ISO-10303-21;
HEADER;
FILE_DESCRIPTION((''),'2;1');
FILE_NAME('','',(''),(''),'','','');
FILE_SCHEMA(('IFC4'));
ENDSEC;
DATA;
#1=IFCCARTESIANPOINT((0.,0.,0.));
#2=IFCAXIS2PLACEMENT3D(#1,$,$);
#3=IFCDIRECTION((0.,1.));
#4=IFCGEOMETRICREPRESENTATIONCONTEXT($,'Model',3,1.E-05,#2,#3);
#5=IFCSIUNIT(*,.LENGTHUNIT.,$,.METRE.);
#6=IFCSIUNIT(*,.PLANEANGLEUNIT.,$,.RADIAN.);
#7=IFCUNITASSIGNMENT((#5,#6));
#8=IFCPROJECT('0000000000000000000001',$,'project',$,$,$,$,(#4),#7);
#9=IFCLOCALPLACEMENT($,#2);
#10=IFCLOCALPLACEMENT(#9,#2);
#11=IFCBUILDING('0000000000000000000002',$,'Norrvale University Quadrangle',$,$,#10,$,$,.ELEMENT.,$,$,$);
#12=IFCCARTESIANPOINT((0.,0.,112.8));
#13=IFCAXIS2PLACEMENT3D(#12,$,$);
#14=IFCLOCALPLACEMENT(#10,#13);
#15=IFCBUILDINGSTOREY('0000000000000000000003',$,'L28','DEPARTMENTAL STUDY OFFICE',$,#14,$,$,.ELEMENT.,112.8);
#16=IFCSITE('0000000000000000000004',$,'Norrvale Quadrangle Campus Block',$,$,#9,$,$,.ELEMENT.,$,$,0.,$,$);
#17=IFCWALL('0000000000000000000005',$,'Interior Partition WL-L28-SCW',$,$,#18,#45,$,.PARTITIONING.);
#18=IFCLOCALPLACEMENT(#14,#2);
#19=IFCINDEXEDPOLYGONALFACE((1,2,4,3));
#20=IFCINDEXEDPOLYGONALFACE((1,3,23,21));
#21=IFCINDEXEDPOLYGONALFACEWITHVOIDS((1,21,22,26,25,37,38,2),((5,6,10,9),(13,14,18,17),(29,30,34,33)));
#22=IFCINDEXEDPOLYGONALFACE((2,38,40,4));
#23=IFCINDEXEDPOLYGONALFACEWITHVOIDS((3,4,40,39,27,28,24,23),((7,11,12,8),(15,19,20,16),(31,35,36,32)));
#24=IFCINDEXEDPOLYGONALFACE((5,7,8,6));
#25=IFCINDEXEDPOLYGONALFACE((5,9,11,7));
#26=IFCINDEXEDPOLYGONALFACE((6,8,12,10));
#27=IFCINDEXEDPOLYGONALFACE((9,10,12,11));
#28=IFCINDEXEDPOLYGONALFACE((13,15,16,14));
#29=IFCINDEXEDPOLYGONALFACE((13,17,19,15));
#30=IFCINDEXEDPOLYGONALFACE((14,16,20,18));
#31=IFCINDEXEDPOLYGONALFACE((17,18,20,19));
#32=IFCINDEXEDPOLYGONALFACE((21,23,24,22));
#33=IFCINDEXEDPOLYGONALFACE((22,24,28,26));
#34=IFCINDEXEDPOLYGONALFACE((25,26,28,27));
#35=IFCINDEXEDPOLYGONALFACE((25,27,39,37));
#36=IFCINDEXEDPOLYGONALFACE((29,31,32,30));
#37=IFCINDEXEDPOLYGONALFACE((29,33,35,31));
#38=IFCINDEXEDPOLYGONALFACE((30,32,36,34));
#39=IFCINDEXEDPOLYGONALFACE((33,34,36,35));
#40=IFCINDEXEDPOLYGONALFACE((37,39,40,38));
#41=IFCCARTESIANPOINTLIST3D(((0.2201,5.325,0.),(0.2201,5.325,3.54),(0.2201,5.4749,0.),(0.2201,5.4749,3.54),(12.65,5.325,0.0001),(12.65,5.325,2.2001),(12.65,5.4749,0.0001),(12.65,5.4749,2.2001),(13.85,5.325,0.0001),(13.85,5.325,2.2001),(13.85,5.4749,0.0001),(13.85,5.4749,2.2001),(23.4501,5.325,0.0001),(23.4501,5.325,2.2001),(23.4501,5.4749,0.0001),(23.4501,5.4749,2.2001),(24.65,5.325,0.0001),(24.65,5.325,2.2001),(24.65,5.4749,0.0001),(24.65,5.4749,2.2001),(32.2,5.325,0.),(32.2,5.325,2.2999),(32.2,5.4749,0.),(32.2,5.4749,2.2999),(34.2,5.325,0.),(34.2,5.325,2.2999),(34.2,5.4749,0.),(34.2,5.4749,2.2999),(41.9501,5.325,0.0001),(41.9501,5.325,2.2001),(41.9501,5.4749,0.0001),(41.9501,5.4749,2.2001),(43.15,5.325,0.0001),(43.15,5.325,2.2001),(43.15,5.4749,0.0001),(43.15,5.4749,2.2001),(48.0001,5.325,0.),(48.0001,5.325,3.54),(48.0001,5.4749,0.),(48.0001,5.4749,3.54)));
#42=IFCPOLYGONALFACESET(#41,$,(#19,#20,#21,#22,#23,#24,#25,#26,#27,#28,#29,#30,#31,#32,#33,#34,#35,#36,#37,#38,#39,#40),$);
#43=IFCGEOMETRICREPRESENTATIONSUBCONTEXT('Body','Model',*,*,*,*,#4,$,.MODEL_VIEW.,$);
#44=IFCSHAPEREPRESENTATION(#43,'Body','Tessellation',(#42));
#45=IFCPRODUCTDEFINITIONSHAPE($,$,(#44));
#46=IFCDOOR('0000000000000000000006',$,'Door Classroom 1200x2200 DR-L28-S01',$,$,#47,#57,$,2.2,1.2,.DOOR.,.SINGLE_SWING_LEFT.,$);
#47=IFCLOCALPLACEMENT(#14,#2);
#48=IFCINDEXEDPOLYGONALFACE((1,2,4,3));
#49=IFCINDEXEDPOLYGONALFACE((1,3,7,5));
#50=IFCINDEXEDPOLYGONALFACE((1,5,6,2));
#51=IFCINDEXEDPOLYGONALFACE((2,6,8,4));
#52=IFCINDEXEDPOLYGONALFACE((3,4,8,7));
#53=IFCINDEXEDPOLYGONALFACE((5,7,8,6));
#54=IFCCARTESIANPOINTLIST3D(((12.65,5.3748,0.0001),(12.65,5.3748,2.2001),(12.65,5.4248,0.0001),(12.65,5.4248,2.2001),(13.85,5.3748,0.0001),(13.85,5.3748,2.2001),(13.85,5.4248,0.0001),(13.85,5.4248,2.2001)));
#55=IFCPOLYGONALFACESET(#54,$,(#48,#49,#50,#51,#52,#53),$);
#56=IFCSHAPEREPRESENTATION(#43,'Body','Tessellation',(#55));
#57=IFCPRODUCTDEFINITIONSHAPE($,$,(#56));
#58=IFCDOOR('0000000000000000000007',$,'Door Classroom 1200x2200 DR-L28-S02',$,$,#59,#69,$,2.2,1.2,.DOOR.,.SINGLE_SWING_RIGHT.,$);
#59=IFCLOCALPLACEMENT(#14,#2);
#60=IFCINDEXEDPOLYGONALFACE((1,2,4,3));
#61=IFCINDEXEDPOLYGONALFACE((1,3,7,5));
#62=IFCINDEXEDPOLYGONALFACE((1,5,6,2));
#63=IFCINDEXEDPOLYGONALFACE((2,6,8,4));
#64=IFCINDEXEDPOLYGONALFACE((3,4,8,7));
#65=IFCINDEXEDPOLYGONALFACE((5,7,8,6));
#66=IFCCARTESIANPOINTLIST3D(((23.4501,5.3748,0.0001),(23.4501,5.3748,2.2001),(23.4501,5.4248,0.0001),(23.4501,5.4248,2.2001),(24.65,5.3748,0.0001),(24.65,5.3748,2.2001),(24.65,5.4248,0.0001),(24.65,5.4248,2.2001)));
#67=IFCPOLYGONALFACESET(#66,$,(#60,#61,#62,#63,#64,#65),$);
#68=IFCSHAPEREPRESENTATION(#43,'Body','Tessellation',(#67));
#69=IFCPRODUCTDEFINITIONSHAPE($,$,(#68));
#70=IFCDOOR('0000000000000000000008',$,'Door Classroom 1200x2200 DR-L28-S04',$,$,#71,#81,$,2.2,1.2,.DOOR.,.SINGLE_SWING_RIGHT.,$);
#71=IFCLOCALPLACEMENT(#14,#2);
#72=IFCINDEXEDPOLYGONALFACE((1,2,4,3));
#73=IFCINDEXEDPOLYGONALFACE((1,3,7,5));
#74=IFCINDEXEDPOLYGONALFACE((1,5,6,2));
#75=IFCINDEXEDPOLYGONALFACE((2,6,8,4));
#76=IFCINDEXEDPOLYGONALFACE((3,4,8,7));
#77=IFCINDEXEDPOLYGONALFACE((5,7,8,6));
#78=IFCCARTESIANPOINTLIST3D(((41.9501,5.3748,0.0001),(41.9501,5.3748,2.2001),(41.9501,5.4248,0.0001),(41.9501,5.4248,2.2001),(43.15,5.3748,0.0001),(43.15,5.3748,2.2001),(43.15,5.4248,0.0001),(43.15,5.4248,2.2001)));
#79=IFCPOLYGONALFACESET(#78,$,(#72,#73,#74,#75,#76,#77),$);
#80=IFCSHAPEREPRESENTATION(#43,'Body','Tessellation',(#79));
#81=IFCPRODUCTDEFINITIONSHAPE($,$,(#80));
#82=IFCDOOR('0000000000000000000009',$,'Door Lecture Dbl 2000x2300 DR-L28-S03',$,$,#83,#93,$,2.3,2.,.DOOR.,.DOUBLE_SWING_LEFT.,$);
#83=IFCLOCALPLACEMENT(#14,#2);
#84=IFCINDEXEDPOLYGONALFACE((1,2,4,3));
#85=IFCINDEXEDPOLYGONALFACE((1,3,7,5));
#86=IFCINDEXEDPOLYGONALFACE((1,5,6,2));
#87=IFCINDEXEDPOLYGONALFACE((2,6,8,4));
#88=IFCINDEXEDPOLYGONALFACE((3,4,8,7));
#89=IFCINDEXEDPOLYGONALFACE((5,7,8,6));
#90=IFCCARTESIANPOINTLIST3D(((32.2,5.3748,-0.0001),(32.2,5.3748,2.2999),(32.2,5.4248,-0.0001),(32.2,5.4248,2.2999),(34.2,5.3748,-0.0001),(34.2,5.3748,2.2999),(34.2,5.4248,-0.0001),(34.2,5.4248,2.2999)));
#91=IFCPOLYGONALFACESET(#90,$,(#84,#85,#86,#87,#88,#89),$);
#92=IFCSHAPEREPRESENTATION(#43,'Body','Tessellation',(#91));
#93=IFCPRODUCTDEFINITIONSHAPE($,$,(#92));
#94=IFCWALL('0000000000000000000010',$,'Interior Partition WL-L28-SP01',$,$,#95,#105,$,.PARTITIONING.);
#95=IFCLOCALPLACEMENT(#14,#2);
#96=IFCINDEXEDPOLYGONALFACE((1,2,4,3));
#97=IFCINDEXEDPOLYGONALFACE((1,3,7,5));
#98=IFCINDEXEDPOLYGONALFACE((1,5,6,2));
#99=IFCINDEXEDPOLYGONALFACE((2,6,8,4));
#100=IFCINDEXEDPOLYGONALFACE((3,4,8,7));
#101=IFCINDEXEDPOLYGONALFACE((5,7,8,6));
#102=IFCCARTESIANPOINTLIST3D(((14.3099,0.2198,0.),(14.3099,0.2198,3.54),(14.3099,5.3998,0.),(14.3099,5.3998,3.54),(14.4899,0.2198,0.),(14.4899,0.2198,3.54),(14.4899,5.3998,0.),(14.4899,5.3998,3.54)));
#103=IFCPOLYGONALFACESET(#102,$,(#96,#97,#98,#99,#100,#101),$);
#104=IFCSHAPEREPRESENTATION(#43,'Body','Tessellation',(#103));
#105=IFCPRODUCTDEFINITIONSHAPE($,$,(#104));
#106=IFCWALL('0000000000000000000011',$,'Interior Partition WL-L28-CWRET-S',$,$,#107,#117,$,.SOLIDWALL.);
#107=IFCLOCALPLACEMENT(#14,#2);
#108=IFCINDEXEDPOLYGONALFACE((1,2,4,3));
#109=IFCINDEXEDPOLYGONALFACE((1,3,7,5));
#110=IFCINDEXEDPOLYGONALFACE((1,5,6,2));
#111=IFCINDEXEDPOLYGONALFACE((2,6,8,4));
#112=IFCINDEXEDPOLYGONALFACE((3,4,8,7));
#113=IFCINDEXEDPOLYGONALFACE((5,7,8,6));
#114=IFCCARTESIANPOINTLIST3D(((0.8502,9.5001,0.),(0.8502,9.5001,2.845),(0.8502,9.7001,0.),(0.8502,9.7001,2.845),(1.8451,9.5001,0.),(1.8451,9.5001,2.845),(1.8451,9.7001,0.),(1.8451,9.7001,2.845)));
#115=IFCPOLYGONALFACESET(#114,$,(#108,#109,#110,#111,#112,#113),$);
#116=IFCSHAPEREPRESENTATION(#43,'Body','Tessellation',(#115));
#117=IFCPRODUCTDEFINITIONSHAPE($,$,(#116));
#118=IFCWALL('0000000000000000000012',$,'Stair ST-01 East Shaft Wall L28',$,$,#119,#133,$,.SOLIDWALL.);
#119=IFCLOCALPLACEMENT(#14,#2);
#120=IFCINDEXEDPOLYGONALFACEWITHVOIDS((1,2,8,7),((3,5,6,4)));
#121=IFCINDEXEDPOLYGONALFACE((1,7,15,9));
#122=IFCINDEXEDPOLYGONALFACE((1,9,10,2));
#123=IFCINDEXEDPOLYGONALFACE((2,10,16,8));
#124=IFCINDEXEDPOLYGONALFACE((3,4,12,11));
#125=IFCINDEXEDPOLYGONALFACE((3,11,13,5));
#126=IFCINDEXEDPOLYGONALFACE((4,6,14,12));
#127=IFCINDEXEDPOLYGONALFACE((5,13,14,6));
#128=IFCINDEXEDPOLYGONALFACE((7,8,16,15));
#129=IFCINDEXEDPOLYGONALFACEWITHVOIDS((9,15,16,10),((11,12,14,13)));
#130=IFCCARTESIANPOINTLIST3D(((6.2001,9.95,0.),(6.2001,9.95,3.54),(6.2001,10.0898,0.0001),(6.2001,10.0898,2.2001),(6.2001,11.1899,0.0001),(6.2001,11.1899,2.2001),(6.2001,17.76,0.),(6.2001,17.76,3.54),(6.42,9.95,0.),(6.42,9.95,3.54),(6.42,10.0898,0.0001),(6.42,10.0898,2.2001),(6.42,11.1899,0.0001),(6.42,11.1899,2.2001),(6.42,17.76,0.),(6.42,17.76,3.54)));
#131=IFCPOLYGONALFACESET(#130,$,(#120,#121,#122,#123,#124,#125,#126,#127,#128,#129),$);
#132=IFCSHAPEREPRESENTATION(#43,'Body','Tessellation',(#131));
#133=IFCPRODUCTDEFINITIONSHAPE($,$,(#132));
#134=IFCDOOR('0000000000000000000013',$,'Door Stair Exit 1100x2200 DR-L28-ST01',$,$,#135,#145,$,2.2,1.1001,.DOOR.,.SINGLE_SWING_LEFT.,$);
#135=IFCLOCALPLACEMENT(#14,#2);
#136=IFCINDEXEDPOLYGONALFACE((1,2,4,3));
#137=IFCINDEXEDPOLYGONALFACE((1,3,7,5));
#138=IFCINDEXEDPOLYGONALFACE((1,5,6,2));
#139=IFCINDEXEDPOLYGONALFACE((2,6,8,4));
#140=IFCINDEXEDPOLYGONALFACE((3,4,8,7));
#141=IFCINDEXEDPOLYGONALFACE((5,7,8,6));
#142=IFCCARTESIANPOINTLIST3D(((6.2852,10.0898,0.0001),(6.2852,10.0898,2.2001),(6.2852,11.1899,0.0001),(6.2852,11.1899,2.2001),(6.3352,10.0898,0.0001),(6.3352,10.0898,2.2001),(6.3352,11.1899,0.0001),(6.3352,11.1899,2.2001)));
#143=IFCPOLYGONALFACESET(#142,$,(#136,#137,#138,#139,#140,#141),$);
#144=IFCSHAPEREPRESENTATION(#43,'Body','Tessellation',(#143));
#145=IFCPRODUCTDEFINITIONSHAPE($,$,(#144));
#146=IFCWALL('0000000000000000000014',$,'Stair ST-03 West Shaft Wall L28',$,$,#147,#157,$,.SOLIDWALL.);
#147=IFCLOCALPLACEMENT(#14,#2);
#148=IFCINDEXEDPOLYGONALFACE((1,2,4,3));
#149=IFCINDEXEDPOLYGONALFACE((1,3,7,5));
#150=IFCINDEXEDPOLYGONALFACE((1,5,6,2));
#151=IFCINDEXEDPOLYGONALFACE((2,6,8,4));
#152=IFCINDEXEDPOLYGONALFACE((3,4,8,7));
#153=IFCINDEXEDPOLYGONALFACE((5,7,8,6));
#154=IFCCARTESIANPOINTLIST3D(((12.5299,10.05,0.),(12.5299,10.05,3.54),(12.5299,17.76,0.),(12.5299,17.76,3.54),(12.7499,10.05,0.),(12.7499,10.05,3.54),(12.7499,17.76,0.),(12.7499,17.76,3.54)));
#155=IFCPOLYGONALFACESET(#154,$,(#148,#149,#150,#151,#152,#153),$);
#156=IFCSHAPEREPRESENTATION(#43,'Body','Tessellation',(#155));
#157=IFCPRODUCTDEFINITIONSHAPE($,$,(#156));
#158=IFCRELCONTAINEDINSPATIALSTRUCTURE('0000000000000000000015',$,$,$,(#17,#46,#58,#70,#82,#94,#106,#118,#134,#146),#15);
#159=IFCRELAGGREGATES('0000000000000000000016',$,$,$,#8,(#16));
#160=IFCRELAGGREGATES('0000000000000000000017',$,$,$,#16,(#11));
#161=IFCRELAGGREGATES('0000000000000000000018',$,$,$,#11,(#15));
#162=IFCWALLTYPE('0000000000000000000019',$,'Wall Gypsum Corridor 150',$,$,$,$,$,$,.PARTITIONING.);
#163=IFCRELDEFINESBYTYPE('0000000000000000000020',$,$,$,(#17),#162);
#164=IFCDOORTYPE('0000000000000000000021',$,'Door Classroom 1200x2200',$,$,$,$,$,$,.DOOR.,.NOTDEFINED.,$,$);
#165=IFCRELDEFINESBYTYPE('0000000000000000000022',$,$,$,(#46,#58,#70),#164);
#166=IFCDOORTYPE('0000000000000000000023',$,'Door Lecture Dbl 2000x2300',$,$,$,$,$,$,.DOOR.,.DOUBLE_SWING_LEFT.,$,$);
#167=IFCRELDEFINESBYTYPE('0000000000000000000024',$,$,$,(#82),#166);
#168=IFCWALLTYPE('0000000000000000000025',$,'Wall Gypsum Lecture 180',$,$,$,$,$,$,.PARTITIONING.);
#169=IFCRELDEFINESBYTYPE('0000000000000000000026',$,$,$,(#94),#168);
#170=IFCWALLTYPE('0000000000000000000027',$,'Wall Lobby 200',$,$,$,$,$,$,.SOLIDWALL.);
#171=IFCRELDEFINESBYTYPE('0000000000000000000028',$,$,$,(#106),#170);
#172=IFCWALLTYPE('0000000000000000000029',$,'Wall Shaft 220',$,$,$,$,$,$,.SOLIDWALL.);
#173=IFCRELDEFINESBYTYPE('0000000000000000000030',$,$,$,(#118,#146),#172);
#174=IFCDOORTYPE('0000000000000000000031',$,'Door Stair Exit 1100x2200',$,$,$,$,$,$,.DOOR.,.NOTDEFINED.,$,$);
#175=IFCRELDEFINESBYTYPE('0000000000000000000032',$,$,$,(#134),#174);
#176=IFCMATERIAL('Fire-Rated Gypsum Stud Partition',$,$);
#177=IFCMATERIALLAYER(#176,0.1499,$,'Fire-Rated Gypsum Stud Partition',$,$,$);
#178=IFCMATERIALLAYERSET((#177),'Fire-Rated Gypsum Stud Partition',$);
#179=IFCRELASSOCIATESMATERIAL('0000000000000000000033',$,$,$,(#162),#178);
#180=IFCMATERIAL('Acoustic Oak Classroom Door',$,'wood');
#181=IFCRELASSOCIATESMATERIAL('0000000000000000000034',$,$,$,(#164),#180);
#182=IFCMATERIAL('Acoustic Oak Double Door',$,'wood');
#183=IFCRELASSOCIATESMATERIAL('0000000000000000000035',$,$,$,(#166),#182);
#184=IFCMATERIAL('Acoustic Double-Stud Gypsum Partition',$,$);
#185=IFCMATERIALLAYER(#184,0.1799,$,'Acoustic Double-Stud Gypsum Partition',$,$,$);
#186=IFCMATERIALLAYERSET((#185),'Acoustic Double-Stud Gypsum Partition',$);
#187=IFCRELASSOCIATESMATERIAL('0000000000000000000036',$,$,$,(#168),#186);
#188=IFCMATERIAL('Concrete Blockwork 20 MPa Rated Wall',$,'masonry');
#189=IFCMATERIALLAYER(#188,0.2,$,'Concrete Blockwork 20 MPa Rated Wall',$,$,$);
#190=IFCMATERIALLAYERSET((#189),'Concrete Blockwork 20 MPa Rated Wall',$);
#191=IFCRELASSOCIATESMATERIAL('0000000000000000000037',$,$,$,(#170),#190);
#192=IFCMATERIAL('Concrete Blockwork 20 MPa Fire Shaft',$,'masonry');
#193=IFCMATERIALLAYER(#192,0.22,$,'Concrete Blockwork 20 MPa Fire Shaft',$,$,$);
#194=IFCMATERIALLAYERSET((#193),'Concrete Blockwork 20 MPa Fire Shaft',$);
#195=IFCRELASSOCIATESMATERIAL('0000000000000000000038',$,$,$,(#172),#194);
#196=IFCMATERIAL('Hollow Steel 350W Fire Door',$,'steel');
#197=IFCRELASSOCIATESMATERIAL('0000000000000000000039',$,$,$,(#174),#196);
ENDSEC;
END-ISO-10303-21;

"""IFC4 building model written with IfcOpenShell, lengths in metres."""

from ifc_helpers import new_model, si_unit, direction, frame, frame_2d, origin, place, context, subcontext, project, spatial, rectangle, extrude, material, layer, layer_set, type_object, element, fill, save


model = new_model("IFC4")

# Units and contexts
model_context = context("Model", 3, precision=1e-05, world=origin(), true_north=direction((0.0, 1.0)))
body_context = subcontext(model_context, "Body", "Model", "MODEL_VIEW")
ifc_project = project(units=[si_unit("LENGTHUNIT", "METRE"), si_unit("PLANEANGLEUNIT", "RADIAN")], contexts=[model_context])

# Site, building, storey
site_placement = place(None, origin())
site = spatial("IfcSite", under=ifc_project, at=site_placement, Name="Norrvale Quadrangle Campus Block", CompositionType="ELEMENT", RefElevation=0.0)
building_placement = place(site_placement, origin())
building = spatial("IfcBuilding", under=site, at=building_placement, Name="Norrvale University Quadrangle", CompositionType="ELEMENT")
storey_placement = place(building_placement, frame((0.0, 0.0, 112.8)))
storey = spatial("IfcBuildingStorey", under=building, at=storey_placement, Name="L28", Description="DEPARTMENTAL STUDY OFFICE", CompositionType="ELEMENT", Elevation=112.8)

# Shared definitions
ifc_material_1 = material(Name="Fire-Rated Gypsum Stud Partition")
ifc_layer_1 = layer(ifc_material_1, 0.1499, Name="Fire-Rated Gypsum Stud Partition")
ifc_layer_set_1 = layer_set([ifc_layer_1], Name="Fire-Rated Gypsum Stud Partition")
wall_type_1 = type_object("IfcWallType", Name="Wall Gypsum Corridor 150", PredefinedType="PARTITIONING", material=ifc_layer_set_1)

# Wall, openings, doors
wall_1_placement = place(storey_placement, frame((0.22, 5.3999, 0.0), z_axis=(0.0, 0.0, 1.0), x_axis=(1.0, 0.0, 0.0)))
wall_1 = element("IfcWall", 1, at=wall_1_placement, inside=storey, type_object=wall_type_1, Name="Interior Partition WL-L28-SCW", PredefinedType="PARTITIONING", context=body_context, shape_type="SweptSolid", body=[
    extrude(rectangle(XDim=47.78, YDim=0.1499, at=frame_2d((23.8901, 0.0))), origin(), (0.0, 0.0, 1.0), 3.54),
])
opening_1_placement = place(wall_1_placement, frame((12.4299, 0.0, 0.0)))
opening_1 = element("IfcOpeningElement", 2, at=opening_1_placement, cuts=wall_1, PredefinedType="OPENING", context=body_context, shape_type="SweptSolid", body=[
    extrude(rectangle(XDim=1.2, YDim=2.2, at=frame_2d((0.6001, 1.1001))), frame((0.0, 0.0869, 0.0), z_axis=(0.0, -1.0, 0.0), x_axis=(1.0, 0.0, 0.0)), (0.0, 0.0, 1.0), 0.1738),
])
opening_2_placement = place(wall_1_placement, frame((23.23, 0.0, 0.0)))
opening_2 = element("IfcOpeningElement", 3, at=opening_2_placement, cuts=wall_1, PredefinedType="OPENING", context=body_context, shape_type="SweptSolid", body=[
    extrude(rectangle(XDim=1.2, YDim=2.2, at=frame_2d((0.6001, 1.1001))), frame((0.0, 0.0869, 0.0), z_axis=(0.0, -1.0, 0.0), x_axis=(1.0, 0.0, 0.0)), (0.0, 0.0, 1.0), 0.1738),
])
opening_3_placement = place(wall_1_placement, frame((31.98, 0.0, 0.0)))
opening_3 = element("IfcOpeningElement", 4, at=opening_3_placement, cuts=wall_1, PredefinedType="OPENING", context=body_context, shape_type="SweptSolid", body=[
    extrude(rectangle(XDim=2.0, YDim=2.3, at=frame_2d((1.0, 1.1499))), frame((0.0, 0.0869, 0.0), z_axis=(0.0, -1.0, 0.0), x_axis=(1.0, 0.0, 0.0)), (0.0, 0.0, 1.0), 0.1738),
])
opening_4_placement = place(wall_1_placement, frame((41.73, 0.0, 0.0)))
opening_4 = element("IfcOpeningElement", 5, at=opening_4_placement, cuts=wall_1, PredefinedType="OPENING", context=body_context, shape_type="SweptSolid", body=[
    extrude(rectangle(XDim=1.2, YDim=2.2, at=frame_2d((0.6001, 1.1001))), frame((0.0, 0.0869, 0.0), z_axis=(0.0, -1.0, 0.0), x_axis=(1.0, 0.0, 0.0)), (0.0, 0.0, 1.0), 0.1738),
])
ifc_material_2 = material(Name="Acoustic Oak Classroom Door", Category="wood")
door_type_1 = type_object("IfcDoorType", Name="Door Classroom 1200x2200", OperationType="NOTDEFINED", PredefinedType="DOOR", material=ifc_material_2)
door_1_placement = place(opening_1_placement, origin())
door_1 = element("IfcDoor", 6, at=door_1_placement, inside=storey, type_object=door_type_1, Name="Door Classroom 1200x2200 DR-L28-S01", OperationType="SINGLE_SWING_LEFT", OverallHeight=2.2, OverallWidth=1.2, PredefinedType="DOOR", context=body_context, shape_type="SweptSolid", body=[
    extrude(rectangle(XDim=1.2, YDim=2.2, at=frame_2d((0.6001, 1.1001))), frame((0.0, 0.0249, 0.0), z_axis=(0.0, -1.0, 0.0), x_axis=(1.0, 0.0, 0.0)), (0.0, 0.0, 1.0), 0.05),
])
fill(opening_1, door_1)
door_2_placement = place(opening_2_placement, origin())
door_2 = element("IfcDoor", 7, at=door_2_placement, inside=storey, type_object=door_type_1, Name="Door Classroom 1200x2200 DR-L28-S02", OperationType="SINGLE_SWING_RIGHT", OverallHeight=2.2, OverallWidth=1.2, PredefinedType="DOOR", context=body_context, shape_type="SweptSolid", body=[
    extrude(rectangle(XDim=1.2, YDim=2.2, at=frame_2d((0.6001, 1.1001))), frame((0.0, 0.0249, 0.0), z_axis=(0.0, -1.0, 0.0), x_axis=(1.0, 0.0, 0.0)), (0.0, 0.0, 1.0), 0.05),
])
fill(opening_2, door_2)
door_3_placement = place(opening_4_placement, origin())
door_3 = element("IfcDoor", 8, at=door_3_placement, inside=storey, type_object=door_type_1, Name="Door Classroom 1200x2200 DR-L28-S04", OperationType="SINGLE_SWING_RIGHT", OverallHeight=2.2, OverallWidth=1.2, PredefinedType="DOOR", context=body_context, shape_type="SweptSolid", body=[
    extrude(rectangle(XDim=1.2, YDim=2.2, at=frame_2d((0.6001, 1.1001))), frame((0.0, 0.0249, 0.0), z_axis=(0.0, -1.0, 0.0), x_axis=(1.0, 0.0, 0.0)), (0.0, 0.0, 1.0), 0.05),
])
fill(opening_4, door_3)
ifc_material_3 = material(Name="Acoustic Oak Double Door", Category="wood")
door_type_2 = type_object("IfcDoorType", Name="Door Lecture Dbl 2000x2300", OperationType="DOUBLE_SWING_LEFT", PredefinedType="DOOR", material=ifc_material_3)
door_4_placement = place(opening_3_placement, origin())
door_4 = element("IfcDoor", 9, at=door_4_placement, inside=storey, type_object=door_type_2, Name="Door Lecture Dbl 2000x2300 DR-L28-S03", OperationType="DOUBLE_SWING_LEFT", OverallHeight=2.3, OverallWidth=2.0, PredefinedType="DOOR", context=body_context, shape_type="SweptSolid", body=[
    extrude(rectangle(XDim=2.0, YDim=2.3, at=frame_2d((1.0, 1.1499))), frame((0.0, 0.0249, 0.0), z_axis=(0.0, -1.0, 0.0), x_axis=(1.0, 0.0, 0.0)), (0.0, 0.0, 1.0), 0.05),
])
fill(opening_3, door_4)

# Walls
ifc_material_4 = material(Name="Acoustic Double-Stud Gypsum Partition")
ifc_layer_2 = layer(ifc_material_4, 0.1799, Name="Acoustic Double-Stud Gypsum Partition")
ifc_layer_set_2 = layer_set([ifc_layer_2], Name="Acoustic Double-Stud Gypsum Partition")
wall_type_2 = type_object("IfcWallType", Name="Wall Gypsum Lecture 180", PredefinedType="PARTITIONING", material=ifc_layer_set_2)
wall_2_placement = place(storey_placement, frame((14.3999, 0.22, 0.0), z_axis=(0.0, 0.0, 1.0), x_axis=(0.0, 1.0, 0.0)))
element("IfcWall", 10, at=wall_2_placement, inside=storey, type_object=wall_type_2, Name="Interior Partition WL-L28-SP01", PredefinedType="PARTITIONING", context=body_context, shape_type="SweptSolid", body=[
    extrude(rectangle(XDim=5.1799, YDim=0.1799, at=frame_2d((2.5898, 0.0))), origin(), (0.0, 0.0, 1.0), 3.54),
])
ifc_material_5 = material(Name="Concrete Blockwork 20 MPa Rated Wall", Category="masonry")
ifc_layer_3 = layer(ifc_material_5, 0.2, Name="Concrete Blockwork 20 MPa Rated Wall")
ifc_layer_set_3 = layer_set([ifc_layer_3], Name="Concrete Blockwork 20 MPa Rated Wall")
wall_type_3 = type_object("IfcWallType", Name="Wall Lobby 200", PredefinedType="SOLIDWALL", material=ifc_layer_set_3)
wall_3_placement = place(storey_placement, frame((0.8501, 9.6001, 0.0), z_axis=(0.0, 0.0, 1.0), x_axis=(1.0, 0.0, 0.0)))
element("IfcWall", 11, at=wall_3_placement, inside=storey, type_object=wall_type_3, Name="Interior Partition WL-L28-CWRET-S", PredefinedType="SOLIDWALL", context=body_context, shape_type="SweptSolid", body=[
    extrude(rectangle(XDim=0.9949, YDim=0.2, at=frame_2d((0.4976, 0.0))), origin(), (0.0, 0.0, 1.0), 2.845),
])

# Wall, opening, door
ifc_material_6 = material(Name="Concrete Blockwork 20 MPa Fire Shaft", Category="masonry")
ifc_layer_4 = layer(ifc_material_6, 0.22, Name="Concrete Blockwork 20 MPa Fire Shaft")
ifc_layer_set_4 = layer_set([ifc_layer_4], Name="Concrete Blockwork 20 MPa Fire Shaft")
wall_type_4 = type_object("IfcWallType", Name="Wall Shaft 220", PredefinedType="SOLIDWALL", material=ifc_layer_set_4)
wall_4_placement = place(storey_placement, frame((6.3101, 9.95, 0.0), z_axis=(0.0, 0.0, 1.0), x_axis=(0.0, 1.0, 0.0)))
wall_4 = element("IfcWall", 12, at=wall_4_placement, inside=storey, type_object=wall_type_4, Name="Stair ST-01 East Shaft Wall L28", PredefinedType="SOLIDWALL", context=body_context, shape_type="SweptSolid", body=[
    extrude(rectangle(XDim=7.8101, YDim=0.22, at=frame_2d((3.905, 0.0))), origin(), (0.0, 0.0, 1.0), 3.54),
])
opening_5_placement = place(wall_4_placement, frame((0.1399, 0.0, 0.0)))
opening_5 = element("IfcOpeningElement", 13, at=opening_5_placement, cuts=wall_4, PredefinedType="OPENING", context=body_context, shape_type="SweptSolid", body=[
    extrude(rectangle(XDim=1.1001, YDim=2.2, at=frame_2d((0.55, 1.1001))), frame((0.0, 0.1221, 0.0), z_axis=(0.0, -1.0, 0.0), x_axis=(1.0, 0.0, 0.0)), (0.0, 0.0, 1.0), 0.2439),
])
ifc_material_7 = material(Name="Hollow Steel 350W Fire Door", Category="steel")
door_type_3 = type_object("IfcDoorType", Name="Door Stair Exit 1100x2200", OperationType="NOTDEFINED", PredefinedType="DOOR", material=ifc_material_7)
door_5_placement = place(opening_5_placement, origin())
door_5 = element("IfcDoor", 14, at=door_5_placement, inside=storey, type_object=door_type_3, Name="Door Stair Exit 1100x2200 DR-L28-ST01", OperationType="SINGLE_SWING_LEFT", OverallHeight=2.2, OverallWidth=1.1001, PredefinedType="DOOR", context=body_context, shape_type="SweptSolid", body=[
    extrude(rectangle(XDim=1.1001, YDim=2.2, at=frame_2d((0.55, 1.1001))), frame((0.0, 0.0249, 0.0), z_axis=(0.0, -1.0, 0.0), x_axis=(1.0, 0.0, 0.0)), (0.0, 0.0, 1.0), 0.05),
])
fill(opening_5, door_5)

# Wall
wall_5_placement = place(storey_placement, frame((12.6399, 10.05, 0.0), z_axis=(0.0, 0.0, 1.0), x_axis=(0.0, 1.0, 0.0)))
element("IfcWall", 15, at=wall_5_placement, inside=storey, type_object=wall_type_4, Name="Stair ST-03 West Shaft Wall L28", PredefinedType="SOLIDWALL", context=body_context, shape_type="SweptSolid", body=[
    extrude(rectangle(XDim=7.71, YDim=0.22, at=frame_2d((3.855, 0.0))), origin(), (0.0, 0.0, 1.0), 3.54),
])

save(model, "model.ifc")
